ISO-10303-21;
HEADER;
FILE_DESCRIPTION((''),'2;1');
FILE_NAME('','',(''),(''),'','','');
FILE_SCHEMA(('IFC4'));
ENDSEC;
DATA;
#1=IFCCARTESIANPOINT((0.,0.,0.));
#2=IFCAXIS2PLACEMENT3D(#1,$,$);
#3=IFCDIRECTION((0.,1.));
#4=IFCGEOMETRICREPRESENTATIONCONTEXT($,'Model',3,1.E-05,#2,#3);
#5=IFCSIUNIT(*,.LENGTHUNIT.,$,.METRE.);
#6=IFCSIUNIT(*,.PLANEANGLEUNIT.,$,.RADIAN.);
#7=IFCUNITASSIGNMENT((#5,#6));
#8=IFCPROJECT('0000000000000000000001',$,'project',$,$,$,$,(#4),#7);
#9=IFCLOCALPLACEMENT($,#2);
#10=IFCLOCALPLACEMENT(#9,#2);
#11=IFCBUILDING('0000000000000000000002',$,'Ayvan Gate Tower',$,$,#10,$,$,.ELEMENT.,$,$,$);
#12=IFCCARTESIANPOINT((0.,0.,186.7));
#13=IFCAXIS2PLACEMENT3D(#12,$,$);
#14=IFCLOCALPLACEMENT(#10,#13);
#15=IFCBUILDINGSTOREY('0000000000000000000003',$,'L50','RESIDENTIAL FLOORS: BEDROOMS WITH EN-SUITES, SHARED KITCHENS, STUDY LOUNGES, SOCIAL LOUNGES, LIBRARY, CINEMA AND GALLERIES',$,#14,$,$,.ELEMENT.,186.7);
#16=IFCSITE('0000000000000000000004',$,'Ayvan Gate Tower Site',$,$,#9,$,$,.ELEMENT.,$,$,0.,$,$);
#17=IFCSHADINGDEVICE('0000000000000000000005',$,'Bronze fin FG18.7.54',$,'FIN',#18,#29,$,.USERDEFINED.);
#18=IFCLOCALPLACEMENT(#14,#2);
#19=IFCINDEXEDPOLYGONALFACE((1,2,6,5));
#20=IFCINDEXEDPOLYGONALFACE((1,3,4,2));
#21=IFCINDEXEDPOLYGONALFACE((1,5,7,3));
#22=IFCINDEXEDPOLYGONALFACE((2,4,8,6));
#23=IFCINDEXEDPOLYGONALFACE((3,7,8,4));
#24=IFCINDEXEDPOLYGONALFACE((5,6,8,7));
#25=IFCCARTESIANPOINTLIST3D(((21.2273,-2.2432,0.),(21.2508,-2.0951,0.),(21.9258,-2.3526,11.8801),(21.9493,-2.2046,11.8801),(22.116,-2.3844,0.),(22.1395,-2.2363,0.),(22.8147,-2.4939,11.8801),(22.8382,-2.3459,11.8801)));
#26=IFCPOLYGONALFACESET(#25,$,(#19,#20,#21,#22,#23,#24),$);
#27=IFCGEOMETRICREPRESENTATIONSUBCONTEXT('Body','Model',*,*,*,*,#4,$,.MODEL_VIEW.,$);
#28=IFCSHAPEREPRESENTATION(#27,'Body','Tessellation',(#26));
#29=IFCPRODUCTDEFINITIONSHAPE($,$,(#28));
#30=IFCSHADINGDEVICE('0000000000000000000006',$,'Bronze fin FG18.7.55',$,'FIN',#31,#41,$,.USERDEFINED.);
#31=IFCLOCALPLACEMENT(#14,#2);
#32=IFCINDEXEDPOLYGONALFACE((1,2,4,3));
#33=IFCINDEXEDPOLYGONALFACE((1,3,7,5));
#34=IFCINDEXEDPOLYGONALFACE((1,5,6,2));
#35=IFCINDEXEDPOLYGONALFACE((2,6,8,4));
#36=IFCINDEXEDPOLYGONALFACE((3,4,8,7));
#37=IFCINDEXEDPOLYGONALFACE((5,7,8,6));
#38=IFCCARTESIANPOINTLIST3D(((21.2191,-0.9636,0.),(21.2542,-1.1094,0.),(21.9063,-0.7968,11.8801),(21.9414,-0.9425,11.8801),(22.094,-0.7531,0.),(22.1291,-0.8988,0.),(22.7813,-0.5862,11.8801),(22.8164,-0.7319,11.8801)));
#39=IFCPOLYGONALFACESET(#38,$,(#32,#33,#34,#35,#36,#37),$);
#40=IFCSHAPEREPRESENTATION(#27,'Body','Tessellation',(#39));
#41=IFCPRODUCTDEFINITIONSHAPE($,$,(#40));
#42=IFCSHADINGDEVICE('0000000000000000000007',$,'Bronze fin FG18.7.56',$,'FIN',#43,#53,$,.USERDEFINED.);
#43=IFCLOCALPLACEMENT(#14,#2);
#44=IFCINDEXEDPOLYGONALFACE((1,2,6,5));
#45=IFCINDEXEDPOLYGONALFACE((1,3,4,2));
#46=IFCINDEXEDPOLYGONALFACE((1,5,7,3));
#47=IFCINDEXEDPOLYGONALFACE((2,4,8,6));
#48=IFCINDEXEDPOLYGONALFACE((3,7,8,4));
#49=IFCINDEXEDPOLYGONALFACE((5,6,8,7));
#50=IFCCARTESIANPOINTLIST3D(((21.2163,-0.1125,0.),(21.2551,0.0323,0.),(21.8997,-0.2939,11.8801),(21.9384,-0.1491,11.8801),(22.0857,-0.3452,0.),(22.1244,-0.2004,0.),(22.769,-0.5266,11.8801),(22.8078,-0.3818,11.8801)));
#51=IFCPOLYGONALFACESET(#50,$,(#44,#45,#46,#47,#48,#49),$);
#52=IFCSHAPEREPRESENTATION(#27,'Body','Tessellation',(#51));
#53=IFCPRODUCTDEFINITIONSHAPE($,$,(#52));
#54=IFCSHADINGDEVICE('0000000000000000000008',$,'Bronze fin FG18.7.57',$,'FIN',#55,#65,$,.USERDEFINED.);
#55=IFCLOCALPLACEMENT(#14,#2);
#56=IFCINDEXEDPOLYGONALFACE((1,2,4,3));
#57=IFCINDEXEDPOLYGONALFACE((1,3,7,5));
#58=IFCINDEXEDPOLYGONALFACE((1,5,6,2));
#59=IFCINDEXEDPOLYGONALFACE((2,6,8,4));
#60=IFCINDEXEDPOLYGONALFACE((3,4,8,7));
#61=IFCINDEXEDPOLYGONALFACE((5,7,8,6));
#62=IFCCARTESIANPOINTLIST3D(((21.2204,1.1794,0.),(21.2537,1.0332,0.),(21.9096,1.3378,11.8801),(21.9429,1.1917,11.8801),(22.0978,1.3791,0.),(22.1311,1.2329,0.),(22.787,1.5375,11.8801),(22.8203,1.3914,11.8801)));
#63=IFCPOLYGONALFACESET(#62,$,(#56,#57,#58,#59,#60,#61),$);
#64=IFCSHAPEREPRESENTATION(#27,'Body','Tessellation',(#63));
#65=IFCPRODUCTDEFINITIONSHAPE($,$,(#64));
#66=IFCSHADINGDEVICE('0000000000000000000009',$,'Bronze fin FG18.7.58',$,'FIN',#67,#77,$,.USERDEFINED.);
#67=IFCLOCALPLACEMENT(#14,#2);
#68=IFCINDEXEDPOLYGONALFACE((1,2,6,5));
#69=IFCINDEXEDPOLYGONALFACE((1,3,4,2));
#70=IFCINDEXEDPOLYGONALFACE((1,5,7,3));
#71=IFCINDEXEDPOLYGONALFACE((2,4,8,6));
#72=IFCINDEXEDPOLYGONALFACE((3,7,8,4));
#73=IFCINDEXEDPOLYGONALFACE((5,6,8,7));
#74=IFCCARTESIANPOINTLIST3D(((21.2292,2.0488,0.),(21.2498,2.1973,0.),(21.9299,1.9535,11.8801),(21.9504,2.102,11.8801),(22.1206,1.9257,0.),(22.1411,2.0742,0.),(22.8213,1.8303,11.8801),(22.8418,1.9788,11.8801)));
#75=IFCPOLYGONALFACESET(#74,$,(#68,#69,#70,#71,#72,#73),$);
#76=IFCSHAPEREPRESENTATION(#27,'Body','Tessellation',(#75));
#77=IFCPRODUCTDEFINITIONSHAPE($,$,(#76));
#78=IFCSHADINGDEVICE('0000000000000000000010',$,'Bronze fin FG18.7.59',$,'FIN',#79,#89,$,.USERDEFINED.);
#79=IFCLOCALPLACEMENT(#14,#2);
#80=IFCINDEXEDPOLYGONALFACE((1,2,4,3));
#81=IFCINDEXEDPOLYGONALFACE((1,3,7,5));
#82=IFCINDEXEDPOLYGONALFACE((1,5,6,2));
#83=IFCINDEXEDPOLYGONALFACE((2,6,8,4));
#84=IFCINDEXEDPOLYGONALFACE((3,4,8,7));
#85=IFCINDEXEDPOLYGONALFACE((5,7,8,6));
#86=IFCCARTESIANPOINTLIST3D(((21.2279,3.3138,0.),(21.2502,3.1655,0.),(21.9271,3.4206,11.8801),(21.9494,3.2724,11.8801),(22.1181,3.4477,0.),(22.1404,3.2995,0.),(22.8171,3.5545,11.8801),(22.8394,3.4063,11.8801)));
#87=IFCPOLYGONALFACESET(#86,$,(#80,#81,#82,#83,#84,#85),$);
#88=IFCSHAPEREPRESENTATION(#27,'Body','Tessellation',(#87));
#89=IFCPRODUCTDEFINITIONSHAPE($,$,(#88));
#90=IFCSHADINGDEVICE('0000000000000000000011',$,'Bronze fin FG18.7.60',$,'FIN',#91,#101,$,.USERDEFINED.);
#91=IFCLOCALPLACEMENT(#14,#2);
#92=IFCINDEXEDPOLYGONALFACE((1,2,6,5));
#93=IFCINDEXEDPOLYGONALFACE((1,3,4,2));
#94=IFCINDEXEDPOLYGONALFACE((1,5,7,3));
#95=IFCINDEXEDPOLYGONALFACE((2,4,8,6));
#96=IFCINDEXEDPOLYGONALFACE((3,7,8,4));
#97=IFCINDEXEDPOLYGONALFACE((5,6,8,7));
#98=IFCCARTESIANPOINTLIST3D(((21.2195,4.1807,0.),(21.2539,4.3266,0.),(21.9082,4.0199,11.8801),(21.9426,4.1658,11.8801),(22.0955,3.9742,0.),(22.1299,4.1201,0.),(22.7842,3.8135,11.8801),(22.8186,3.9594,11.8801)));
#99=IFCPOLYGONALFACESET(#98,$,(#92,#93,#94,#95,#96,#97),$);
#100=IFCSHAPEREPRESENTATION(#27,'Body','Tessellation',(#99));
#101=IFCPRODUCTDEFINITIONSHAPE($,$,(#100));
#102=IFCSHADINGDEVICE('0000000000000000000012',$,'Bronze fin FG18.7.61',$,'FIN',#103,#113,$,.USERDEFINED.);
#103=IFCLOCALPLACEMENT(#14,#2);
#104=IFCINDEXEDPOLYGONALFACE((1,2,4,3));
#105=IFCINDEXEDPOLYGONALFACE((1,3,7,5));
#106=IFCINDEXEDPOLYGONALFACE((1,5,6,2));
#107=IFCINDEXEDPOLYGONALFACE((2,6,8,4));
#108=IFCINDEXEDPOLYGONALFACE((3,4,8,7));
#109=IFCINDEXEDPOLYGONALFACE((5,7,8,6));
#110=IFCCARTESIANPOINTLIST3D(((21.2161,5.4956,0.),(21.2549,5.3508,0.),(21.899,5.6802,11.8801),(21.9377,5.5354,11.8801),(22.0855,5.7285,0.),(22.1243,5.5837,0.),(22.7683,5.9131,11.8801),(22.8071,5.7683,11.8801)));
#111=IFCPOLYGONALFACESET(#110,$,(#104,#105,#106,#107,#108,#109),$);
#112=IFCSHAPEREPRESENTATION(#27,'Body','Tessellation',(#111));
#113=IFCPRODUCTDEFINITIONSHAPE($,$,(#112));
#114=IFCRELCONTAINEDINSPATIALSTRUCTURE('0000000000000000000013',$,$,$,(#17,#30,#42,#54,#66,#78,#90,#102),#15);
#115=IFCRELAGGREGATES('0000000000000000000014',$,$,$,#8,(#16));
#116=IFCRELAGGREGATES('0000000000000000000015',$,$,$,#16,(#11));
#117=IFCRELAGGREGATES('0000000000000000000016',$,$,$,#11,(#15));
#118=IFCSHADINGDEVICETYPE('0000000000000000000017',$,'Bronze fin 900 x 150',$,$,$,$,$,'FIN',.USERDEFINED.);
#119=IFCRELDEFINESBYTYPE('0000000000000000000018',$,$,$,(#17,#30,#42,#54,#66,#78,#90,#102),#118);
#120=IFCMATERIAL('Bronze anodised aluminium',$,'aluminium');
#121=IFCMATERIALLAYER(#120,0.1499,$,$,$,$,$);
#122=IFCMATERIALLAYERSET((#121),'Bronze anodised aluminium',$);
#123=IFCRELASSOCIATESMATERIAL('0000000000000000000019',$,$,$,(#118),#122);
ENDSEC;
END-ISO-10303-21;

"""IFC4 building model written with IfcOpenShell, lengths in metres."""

from ifc_helpers import new_model, si_unit, direction, frame, origin, place, context, subcontext, project, spatial, polyline, outline, extrude, material, layer, layer_set, type_object, element, save


model = new_model("IFC4")

# Units and contexts
model_context = context("Model", 3, precision=1e-05, world=origin(), true_north=direction((0.0, 1.0)))
body_context = subcontext(model_context, "Body", "Model", "MODEL_VIEW")
ifc_project = project(units=[si_unit("LENGTHUNIT", "METRE"), si_unit("PLANEANGLEUNIT", "RADIAN")], contexts=[model_context])

# Site, building, storey
site_placement = place(None, origin())
site = spatial("IfcSite", under=ifc_project, at=site_placement, Name="Ayvan Gate Tower Site", CompositionType="ELEMENT", RefElevation=0.0)
building_placement = place(site_placement, origin())
building = spatial("IfcBuilding", under=site, at=building_placement, Name="Ayvan Gate Tower", CompositionType="ELEMENT")
storey_placement = place(building_placement, frame((0.0, 0.0, 186.7)))
storey = spatial("IfcBuildingStorey", under=building, at=storey_placement, Name="L50", Description="RESIDENTIAL FLOORS: BEDROOMS WITH EN-SUITES, SHARED KITCHENS, STUDY LOUNGES, SOCIAL LOUNGES, LIBRARY, CINEMA AND GALLERIES", CompositionType="ELEMENT", Elevation=186.7)

# Shared definitions
ifc_material_1 = material(Name="Bronze anodised aluminium", Category="aluminium")

# Shading devices
ifc_layer_1 = layer(ifc_material_1, 0.1499)
ifc_layer_set_1 = layer_set([ifc_layer_1], Name="Bronze anodised aluminium")
shading_device_type = type_object("IfcShadingDeviceType", Name="Bronze fin 900 x 150", ElementType="FIN", PredefinedType="USERDEFINED", material=ifc_layer_set_1)
shading_device_1_placement = place(storey_placement, frame((21.2273, -2.2432, 0.0), z_axis=(-0.156938, -0.987609, 0.000126), x_axis=(0.987609, -0.156938, 0.0)))
element("IfcShadingDevice", 1, at=shading_device_1_placement, inside=storey, type_object=shading_device_type, Name="Bronze fin FG18.7.54", ObjectType="FIN", PredefinedType="USERDEFINED", context=body_context, shape_type="SweptSolid", body=[
    extrude(outline(polyline([(0.0, 0.0), (0.8998, 0.0), (1.6071, 11.8801), (0.707, 11.8801), (0.0, 0.0)])), origin(), (0.0, 0.0, -1.0), 0.1499),
])
shading_device_2_placement = place(storey_placement, frame((21.2542, -1.1094, 0.0), z_axis=(0.233973, -0.972243, 0.000121), x_axis=(0.972243, 0.233973, 0.0)))
element("IfcShadingDevice", 2, at=shading_device_2_placement, inside=storey, type_object=shading_device_type, Name="Bronze fin FG18.7.55", ObjectType="FIN", PredefinedType="USERDEFINED", context=body_context, shape_type="SweptSolid", body=[
    extrude(outline(polyline([(0.0, 0.0), (0.9, 0.0), (1.6072, 11.8801), (0.7072, 11.8801), (0.0, 0.0)])), origin(), (0.0, 0.0, -1.0), 0.1499),
])
shading_device_3_placement = place(storey_placement, frame((21.2163, -0.1125, 0.0), z_axis=(-0.258524, -0.966005, 0.000121), x_axis=(0.966005, -0.258524, 0.0)))
element("IfcShadingDevice", 3, at=shading_device_3_placement, inside=storey, type_object=shading_device_type, Name="Bronze fin FG18.7.56", ObjectType="FIN", PredefinedType="USERDEFINED", context=body_context, shape_type="SweptSolid", body=[
    extrude(outline(polyline([(0.0, 0.0), (0.9, 0.0), (1.607, 11.8801), (0.707, 11.8801), (0.0, 0.0)])), origin(), (0.0, 0.0, -1.0), 0.1499),
])
shading_device_4_placement = place(storey_placement, frame((21.2537, 1.0332, 0.0), z_axis=(0.221926, -0.975064, 0.00013), x_axis=(0.975064, 0.221926, 0.0)))
element("IfcShadingDevice", 4, at=shading_device_4_placement, inside=storey, type_object=shading_device_type, Name="Bronze fin FG18.7.57", ObjectType="FIN", PredefinedType="USERDEFINED", context=body_context, shape_type="SweptSolid", body=[
    extrude(outline(polyline([(0.0, 0.0), (0.8999, 0.0), (1.6071, 11.8801), (0.7072, 11.8801), (0.0, 0.0)])), origin(), (0.0, 0.0, -1.0), 0.1499),
])
shading_device_5_placement = place(storey_placement, frame((21.2292, 2.0488, 0.0), z_axis=(-0.136881, -0.990588, 0.000124), x_axis=(0.990588, -0.136881, 0.0)))
element("IfcShadingDevice", 5, at=shading_device_5_placement, inside=storey, type_object=shading_device_type, Name="Bronze fin FG18.7.58", ObjectType="FIN", PredefinedType="USERDEFINED", context=body_context, shape_type="SweptSolid", body=[
    extrude(outline(polyline([(0.0, 0.0), (0.8998, 0.0), (1.607, 11.8801), (0.7071, 11.8801), (0.0, 0.0)])), origin(), (0.0, 0.0, -1.0), 0.1499),
])
shading_device_6_placement = place(storey_placement, frame((21.2502, 3.1655, 0.0), z_axis=(0.148785, -0.98887, 0.000135), x_axis=(0.98887, 0.148785, 0.0)))
element("IfcShadingDevice", 6, at=shading_device_6_placement, inside=storey, type_object=shading_device_type, Name="Bronze fin FG18.7.59", ObjectType="FIN", PredefinedType="USERDEFINED", context=body_context, shape_type="SweptSolid", body=[
    extrude(outline(polyline([(0.0, 0.0), (0.9001, 0.0), (1.6072, 11.8801), (0.7073, 11.8801), (0.0, 0.0)])), origin(), (0.0, 0.0, -1.0), 0.1499),
])
shading_device_7_placement = place(storey_placement, frame((21.2195, 4.1807, 0.0), z_axis=(-0.229364, -0.973341, 0.000125), x_axis=(0.973341, -0.229364, 0.0)))
element("IfcShadingDevice", 7, at=shading_device_7_placement, inside=storey, type_object=shading_device_type, Name="Bronze fin FG18.7.60", ObjectType="FIN", PredefinedType="USERDEFINED", context=body_context, shape_type="SweptSolid", body=[
    extrude(outline(polyline([(0.0, 0.0), (0.9, 0.0), (1.6072, 11.8801), (0.7073, 11.8801), (0.0, 0.0)])), origin(), (0.0, 0.0, -1.0), 0.1499),
])
shading_device_8_placement = place(storey_placement, frame((21.2549, 5.3508, 0.0), z_axis=(0.258777, -0.965937, 0.000133), x_axis=(0.965937, 0.258777, 0.0)))
element("IfcShadingDevice", 8, at=shading_device_8_placement, inside=storey, type_object=shading_device_type, Name="Bronze fin FG18.7.61", ObjectType="FIN", PredefinedType="USERDEFINED", context=body_context, shape_type="SweptSolid", body=[
    extrude(outline(polyline([(0.0, 0.0), (0.9, 0.0), (1.6074, 11.8801), (0.7074, 11.8801), (0.0, 0.0)])), origin(), (0.0, 0.0, -1.0), 0.1499),
])

save(model, "model.ifc")
